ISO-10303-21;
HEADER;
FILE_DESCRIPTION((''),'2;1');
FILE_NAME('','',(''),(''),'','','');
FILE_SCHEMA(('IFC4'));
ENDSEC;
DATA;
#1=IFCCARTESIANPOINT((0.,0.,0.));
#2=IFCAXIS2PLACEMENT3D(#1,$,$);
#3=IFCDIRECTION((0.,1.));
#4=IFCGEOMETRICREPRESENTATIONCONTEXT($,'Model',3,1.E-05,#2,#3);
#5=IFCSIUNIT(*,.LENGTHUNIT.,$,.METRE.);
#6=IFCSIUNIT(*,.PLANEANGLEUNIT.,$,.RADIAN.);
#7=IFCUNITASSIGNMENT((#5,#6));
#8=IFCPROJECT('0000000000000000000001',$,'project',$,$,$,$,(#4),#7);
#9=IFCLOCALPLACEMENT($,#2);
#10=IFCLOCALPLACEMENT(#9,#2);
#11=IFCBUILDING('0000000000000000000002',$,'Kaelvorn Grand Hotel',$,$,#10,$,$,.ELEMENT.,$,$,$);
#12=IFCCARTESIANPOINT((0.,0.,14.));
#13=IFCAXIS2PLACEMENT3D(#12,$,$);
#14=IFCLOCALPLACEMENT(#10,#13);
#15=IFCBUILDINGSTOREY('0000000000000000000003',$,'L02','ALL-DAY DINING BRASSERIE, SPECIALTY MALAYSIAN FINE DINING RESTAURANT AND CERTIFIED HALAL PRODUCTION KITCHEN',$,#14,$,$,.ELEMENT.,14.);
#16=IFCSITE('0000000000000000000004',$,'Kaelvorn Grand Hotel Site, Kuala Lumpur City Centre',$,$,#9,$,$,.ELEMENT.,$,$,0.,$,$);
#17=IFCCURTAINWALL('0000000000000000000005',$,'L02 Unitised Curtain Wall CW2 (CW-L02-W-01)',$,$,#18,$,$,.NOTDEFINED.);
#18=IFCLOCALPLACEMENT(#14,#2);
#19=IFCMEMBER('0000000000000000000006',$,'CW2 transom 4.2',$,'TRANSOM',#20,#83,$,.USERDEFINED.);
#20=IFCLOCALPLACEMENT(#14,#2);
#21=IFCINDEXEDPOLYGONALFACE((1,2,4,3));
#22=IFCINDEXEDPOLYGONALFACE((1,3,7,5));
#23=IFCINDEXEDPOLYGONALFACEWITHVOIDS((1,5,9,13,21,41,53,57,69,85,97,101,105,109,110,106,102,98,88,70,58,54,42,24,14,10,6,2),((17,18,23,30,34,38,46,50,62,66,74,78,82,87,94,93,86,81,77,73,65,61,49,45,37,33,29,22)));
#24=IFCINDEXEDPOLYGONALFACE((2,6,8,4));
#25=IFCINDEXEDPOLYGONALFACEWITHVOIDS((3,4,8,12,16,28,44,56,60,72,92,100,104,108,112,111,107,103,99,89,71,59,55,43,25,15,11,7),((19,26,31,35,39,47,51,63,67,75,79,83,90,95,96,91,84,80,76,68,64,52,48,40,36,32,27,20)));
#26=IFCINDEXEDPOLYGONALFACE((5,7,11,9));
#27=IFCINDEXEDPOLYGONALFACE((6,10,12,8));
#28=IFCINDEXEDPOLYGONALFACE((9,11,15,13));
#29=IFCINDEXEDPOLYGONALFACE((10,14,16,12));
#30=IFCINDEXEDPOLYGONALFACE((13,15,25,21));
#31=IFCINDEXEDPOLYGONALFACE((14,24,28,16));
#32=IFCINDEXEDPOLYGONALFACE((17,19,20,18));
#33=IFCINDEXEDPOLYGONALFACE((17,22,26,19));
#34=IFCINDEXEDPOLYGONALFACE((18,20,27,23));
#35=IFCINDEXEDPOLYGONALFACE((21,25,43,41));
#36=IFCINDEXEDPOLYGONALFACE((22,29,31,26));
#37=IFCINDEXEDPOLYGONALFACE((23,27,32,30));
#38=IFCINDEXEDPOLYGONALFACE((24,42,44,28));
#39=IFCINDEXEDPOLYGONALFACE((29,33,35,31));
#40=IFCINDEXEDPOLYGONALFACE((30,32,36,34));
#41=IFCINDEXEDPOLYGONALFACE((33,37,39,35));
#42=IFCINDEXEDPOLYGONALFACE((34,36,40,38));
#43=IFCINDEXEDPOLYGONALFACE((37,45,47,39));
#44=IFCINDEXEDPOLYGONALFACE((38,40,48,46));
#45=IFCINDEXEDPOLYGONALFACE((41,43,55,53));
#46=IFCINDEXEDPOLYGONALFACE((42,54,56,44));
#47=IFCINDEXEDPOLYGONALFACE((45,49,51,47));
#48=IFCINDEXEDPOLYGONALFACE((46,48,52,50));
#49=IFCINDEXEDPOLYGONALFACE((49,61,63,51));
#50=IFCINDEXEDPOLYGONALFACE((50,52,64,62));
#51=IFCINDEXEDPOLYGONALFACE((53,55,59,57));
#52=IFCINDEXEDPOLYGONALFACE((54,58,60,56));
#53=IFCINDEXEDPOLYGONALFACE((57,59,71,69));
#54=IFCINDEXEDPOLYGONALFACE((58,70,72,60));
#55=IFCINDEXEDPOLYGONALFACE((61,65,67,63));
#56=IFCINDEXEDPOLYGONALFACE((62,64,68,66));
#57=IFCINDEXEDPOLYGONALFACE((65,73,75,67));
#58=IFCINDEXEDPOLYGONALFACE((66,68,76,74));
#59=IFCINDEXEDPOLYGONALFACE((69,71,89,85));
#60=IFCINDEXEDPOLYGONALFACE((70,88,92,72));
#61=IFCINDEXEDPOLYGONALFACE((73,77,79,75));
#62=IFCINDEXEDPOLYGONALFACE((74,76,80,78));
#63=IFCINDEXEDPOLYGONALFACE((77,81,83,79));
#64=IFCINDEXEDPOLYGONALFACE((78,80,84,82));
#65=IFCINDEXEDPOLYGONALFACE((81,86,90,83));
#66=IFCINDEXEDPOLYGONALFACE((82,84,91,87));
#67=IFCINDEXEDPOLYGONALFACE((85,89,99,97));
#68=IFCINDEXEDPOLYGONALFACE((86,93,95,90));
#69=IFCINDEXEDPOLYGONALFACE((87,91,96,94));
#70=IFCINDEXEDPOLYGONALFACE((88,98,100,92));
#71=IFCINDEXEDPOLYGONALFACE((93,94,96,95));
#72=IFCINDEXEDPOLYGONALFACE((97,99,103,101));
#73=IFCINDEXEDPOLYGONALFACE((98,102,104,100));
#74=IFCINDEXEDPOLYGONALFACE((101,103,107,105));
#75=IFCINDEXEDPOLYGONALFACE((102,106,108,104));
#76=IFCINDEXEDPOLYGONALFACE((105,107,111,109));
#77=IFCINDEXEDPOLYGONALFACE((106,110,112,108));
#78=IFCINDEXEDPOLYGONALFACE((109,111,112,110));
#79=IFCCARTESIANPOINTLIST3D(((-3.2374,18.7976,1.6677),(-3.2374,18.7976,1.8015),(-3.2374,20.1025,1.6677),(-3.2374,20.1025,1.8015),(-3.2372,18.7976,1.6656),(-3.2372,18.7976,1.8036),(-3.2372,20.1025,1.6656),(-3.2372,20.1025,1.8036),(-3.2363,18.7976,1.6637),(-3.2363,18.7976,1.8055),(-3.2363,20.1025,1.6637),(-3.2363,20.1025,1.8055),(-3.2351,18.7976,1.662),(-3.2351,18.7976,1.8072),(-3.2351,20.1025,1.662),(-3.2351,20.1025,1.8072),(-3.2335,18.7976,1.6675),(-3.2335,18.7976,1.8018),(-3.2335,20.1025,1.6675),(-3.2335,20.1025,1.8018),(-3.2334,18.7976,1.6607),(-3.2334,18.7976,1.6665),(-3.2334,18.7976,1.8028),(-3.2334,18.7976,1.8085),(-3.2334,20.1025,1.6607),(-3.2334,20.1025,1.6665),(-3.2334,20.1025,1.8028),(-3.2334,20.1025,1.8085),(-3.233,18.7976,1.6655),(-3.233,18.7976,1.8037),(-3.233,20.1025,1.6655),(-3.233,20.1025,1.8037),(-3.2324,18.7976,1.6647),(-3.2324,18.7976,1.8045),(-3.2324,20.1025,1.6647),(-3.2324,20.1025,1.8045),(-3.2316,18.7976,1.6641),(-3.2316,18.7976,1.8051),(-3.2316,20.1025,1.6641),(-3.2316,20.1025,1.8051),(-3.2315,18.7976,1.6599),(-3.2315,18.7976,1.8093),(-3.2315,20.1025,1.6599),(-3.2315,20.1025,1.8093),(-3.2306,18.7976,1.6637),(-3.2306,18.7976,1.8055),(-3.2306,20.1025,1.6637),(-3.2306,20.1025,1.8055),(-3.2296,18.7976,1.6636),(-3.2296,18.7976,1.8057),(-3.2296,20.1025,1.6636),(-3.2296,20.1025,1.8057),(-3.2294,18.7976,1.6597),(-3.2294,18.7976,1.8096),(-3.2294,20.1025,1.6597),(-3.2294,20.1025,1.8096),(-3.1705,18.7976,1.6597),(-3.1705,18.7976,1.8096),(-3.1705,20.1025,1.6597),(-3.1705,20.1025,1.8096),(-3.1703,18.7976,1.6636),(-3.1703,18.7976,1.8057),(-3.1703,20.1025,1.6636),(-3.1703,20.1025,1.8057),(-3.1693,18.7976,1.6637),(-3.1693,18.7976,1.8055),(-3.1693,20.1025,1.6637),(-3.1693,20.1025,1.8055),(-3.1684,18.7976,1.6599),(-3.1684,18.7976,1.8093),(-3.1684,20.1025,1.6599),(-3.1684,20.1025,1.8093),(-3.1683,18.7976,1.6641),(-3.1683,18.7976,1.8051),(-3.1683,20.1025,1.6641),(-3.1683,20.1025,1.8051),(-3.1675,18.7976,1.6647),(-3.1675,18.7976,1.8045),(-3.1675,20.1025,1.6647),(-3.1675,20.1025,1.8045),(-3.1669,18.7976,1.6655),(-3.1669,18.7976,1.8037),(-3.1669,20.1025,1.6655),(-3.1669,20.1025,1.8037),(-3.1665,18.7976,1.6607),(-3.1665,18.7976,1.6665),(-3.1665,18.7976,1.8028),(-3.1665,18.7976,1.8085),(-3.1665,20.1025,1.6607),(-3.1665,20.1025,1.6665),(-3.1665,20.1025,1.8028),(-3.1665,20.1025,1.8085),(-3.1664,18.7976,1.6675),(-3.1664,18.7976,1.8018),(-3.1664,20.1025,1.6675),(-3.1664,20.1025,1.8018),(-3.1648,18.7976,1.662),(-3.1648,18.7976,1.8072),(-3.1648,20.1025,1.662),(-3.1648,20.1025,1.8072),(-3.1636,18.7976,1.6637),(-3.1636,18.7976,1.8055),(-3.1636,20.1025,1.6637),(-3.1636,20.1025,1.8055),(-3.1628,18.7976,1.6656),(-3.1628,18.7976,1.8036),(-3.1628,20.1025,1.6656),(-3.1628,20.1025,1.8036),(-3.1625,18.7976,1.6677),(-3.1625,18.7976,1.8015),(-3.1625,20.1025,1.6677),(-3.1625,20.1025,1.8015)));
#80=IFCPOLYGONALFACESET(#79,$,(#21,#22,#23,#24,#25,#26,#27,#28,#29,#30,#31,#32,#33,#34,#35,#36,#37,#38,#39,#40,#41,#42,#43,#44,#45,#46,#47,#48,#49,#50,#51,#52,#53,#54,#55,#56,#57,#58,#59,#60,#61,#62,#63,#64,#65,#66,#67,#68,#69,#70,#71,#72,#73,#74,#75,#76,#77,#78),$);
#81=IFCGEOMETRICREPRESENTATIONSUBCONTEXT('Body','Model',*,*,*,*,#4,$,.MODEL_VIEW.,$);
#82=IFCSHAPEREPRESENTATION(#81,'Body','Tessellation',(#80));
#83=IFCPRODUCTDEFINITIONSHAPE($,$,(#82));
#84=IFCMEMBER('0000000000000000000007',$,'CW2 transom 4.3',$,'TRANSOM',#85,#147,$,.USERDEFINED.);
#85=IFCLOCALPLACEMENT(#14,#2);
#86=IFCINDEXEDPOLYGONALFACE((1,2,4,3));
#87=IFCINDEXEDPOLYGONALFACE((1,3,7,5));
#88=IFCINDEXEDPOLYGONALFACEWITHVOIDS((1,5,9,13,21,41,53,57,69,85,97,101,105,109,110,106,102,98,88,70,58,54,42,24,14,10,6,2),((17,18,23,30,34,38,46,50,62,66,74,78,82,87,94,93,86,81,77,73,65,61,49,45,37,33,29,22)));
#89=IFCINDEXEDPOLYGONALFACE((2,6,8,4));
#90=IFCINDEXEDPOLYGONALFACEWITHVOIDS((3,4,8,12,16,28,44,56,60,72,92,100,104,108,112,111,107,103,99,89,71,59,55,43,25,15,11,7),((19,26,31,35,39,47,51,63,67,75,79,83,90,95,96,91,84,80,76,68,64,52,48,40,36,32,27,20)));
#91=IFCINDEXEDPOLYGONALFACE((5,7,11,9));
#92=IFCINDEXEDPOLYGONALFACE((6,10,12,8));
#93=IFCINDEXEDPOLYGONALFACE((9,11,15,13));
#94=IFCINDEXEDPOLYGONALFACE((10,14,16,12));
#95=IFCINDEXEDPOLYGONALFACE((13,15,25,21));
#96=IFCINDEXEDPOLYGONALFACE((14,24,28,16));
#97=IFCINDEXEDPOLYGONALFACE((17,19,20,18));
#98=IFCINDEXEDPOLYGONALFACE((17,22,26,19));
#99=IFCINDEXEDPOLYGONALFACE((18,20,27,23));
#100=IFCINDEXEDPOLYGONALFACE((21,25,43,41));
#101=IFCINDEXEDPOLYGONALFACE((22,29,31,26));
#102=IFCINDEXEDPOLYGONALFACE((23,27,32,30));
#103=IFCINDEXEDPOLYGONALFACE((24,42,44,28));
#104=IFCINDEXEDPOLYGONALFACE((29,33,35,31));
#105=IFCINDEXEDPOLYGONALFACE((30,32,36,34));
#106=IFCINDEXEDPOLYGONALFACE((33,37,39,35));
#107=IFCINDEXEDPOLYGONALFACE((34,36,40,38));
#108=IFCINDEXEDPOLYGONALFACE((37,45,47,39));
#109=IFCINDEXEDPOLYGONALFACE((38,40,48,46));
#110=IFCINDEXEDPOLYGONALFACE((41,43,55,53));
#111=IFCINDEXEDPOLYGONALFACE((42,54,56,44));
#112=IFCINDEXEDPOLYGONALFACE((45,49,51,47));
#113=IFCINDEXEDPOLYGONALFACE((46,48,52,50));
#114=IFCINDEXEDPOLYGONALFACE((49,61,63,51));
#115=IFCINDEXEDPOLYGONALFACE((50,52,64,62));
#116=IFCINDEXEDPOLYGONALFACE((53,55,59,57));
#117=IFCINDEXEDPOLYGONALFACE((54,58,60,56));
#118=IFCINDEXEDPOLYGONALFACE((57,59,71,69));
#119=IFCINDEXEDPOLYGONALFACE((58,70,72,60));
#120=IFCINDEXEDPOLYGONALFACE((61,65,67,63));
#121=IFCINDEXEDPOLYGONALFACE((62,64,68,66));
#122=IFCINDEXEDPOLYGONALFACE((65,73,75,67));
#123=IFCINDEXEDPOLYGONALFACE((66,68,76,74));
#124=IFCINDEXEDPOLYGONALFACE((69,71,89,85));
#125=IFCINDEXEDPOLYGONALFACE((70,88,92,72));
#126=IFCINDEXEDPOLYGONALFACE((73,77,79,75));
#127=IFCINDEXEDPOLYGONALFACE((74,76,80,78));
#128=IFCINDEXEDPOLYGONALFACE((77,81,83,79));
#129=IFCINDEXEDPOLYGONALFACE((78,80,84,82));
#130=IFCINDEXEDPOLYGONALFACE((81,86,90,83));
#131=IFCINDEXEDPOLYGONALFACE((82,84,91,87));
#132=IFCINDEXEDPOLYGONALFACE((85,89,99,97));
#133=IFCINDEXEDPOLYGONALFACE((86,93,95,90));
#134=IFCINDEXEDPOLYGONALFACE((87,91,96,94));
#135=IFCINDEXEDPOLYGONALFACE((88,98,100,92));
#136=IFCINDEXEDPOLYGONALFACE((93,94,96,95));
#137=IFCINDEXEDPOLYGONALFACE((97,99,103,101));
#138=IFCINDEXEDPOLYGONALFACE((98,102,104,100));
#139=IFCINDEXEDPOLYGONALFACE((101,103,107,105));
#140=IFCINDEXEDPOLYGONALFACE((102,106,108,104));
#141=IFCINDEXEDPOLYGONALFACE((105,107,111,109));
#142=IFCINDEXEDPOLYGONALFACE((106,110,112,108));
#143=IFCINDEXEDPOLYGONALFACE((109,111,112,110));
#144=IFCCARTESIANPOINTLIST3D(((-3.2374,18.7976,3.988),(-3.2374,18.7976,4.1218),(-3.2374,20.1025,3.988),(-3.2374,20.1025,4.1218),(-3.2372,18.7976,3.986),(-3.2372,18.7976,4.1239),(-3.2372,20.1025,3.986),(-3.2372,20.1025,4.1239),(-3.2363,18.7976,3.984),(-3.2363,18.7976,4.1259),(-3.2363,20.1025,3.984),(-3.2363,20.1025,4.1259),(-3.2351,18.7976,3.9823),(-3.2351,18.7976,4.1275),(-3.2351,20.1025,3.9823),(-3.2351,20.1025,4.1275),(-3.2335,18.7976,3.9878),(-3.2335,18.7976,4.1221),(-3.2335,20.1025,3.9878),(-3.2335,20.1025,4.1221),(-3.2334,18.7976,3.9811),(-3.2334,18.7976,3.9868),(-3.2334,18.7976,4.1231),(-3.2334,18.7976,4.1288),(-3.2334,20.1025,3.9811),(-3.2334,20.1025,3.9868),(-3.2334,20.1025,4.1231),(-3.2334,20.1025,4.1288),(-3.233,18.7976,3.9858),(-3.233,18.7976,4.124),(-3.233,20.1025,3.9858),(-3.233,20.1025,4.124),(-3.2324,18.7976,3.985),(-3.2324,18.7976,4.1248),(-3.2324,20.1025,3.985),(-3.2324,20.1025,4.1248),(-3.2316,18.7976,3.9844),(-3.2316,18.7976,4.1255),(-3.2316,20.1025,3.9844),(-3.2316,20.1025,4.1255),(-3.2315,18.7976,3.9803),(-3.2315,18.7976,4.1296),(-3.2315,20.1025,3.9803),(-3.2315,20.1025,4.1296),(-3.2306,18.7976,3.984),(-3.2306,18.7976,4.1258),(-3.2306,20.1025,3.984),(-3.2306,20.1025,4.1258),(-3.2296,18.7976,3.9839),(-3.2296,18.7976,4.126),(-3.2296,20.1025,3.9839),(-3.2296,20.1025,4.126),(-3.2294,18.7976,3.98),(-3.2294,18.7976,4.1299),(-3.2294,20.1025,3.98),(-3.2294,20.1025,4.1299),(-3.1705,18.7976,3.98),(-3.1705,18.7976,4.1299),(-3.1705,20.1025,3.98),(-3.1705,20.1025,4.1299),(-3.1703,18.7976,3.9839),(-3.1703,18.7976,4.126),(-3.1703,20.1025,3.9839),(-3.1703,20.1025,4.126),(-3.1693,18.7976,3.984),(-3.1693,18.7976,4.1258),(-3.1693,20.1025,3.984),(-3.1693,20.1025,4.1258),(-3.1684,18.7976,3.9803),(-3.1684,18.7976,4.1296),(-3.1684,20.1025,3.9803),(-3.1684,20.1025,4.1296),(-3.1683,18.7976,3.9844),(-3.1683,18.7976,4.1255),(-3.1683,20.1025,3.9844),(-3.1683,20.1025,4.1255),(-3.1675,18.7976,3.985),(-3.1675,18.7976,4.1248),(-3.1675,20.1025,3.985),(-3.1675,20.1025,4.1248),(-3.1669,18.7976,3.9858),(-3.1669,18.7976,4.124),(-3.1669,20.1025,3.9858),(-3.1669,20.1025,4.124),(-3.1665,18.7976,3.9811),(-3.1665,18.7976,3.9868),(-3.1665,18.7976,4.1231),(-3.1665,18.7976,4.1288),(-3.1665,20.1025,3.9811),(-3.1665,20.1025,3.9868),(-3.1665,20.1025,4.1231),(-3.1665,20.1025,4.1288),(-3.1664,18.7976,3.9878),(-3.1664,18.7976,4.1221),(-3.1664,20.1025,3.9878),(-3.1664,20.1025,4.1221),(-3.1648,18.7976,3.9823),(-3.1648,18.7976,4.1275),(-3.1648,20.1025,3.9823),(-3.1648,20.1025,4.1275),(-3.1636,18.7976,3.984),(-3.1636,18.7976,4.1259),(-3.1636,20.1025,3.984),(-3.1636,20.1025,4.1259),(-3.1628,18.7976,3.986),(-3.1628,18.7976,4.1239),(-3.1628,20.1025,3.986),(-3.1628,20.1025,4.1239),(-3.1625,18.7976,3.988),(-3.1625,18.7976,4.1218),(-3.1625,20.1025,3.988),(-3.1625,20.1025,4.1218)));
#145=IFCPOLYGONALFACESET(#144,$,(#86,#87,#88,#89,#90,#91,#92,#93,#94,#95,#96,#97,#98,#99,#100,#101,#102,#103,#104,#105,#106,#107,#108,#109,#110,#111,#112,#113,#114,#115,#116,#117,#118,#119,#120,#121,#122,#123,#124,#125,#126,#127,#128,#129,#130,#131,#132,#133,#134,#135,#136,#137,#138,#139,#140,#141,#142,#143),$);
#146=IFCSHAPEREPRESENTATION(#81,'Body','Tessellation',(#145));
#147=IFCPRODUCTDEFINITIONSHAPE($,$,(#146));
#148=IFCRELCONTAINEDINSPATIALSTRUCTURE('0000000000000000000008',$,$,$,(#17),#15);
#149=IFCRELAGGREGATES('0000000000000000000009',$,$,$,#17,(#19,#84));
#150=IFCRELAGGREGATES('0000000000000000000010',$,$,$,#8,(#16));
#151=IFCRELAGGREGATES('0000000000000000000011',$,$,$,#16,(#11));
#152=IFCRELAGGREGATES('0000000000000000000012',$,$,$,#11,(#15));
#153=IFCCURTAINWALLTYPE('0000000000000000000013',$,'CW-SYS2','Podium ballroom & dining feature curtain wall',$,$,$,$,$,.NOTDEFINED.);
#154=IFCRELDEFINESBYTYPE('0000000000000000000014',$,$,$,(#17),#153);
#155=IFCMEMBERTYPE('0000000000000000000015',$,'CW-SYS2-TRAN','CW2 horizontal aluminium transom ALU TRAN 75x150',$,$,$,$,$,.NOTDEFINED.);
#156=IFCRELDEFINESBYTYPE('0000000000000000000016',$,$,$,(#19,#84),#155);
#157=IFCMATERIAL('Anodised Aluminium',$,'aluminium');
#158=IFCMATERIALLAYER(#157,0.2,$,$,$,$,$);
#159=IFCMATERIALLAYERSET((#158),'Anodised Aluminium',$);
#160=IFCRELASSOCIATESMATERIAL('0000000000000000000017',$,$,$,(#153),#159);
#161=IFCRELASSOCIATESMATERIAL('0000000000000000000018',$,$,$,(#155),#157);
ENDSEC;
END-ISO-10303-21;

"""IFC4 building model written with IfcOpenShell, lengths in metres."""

from ifc_helpers import new_model, si_unit, direction, frame, origin, origin_2d, place, context, subcontext, project, spatial, hollow_rectangle, extrude, material, layer, layer_set, material_profile, profile_set, type_object, element, aggregate, save


model = new_model("IFC4")

# Units and contexts
model_context = context("Model", 3, precision=1e-05, world=origin(), true_north=direction((0.0, 1.0)))
body_context = subcontext(model_context, "Body", "Model", "MODEL_VIEW")
ifc_project = project(units=[si_unit("LENGTHUNIT", "METRE"), si_unit("PLANEANGLEUNIT", "RADIAN")], contexts=[model_context])

# Site, building, storey
site_placement = place(None, origin())
site = spatial("IfcSite", under=ifc_project, at=site_placement, Name="Kaelvorn Grand Hotel Site, Kuala Lumpur City Centre", CompositionType="ELEMENT", RefElevation=0.0)
building_placement = place(site_placement, origin())
building = spatial("IfcBuilding", under=site, at=building_placement, Name="Kaelvorn Grand Hotel", CompositionType="ELEMENT")
storey_placement = place(building_placement, frame((0.0, 0.0, 14.0)))
storey = spatial("IfcBuildingStorey", under=building, at=storey_placement, Name="L02", Description="ALL-DAY DINING BRASSERIE, SPECIALTY MALAYSIAN FINE DINING RESTAURANT AND CERTIFIED HALAL PRODUCTION KITCHEN", CompositionType="ELEMENT", Elevation=14.0)

# Curtain wall, members
ifc_material_1 = material(Name="Anodised Aluminium", Category="aluminium")
ifc_layer_1 = layer(ifc_material_1, 0.2)
ifc_layer_set_1 = layer_set([ifc_layer_1], Name="Anodised Aluminium")
curtain_wall_type = type_object("IfcCurtainWallType", Name="CW-SYS2", Description="Podium ballroom & dining feature curtain wall", PredefinedType="NOTDEFINED", material=ifc_layer_set_1)
curtain_wall_placement = place(storey_placement, origin())
curtain_wall = element("IfcCurtainWall", 1, at=curtain_wall_placement, inside=storey, type_object=curtain_wall_type, Name="L02 Unitised Curtain Wall CW2 (CW-L02-W-01)", PredefinedType="NOTDEFINED")
ifc_material_profile_1 = material_profile(ifc_material_1, hollow_rectangle(XDim=0.075, YDim=0.1499, WallThickness=0.0039, InnerFilletRadius=0.0039, OuterFilletRadius=0.0081, at=origin_2d()), Name="ALU TRAN 75x150")
ifc_profile_set_1 = profile_set([ifc_material_profile_1], Name="Anodised Aluminium")
member_type_1 = type_object("IfcMemberType", Name="CW-SYS2-TRAN", Description="CW2 horizontal aluminium transom ALU TRAN 75x150", PredefinedType="NOTDEFINED", material=ifc_profile_set_1)
member_1_placement = place(storey_placement, frame((-3.2, 20.1025, 1.7346), z_axis=(0.0, -1.0, 0.0), x_axis=(1.0, 0.0, 0.0)))
member_1 = element("IfcMember", 2, at=member_1_placement, type_object=member_type_1, Name="CW2 transom 4.2", ObjectType="TRANSOM", PredefinedType="USERDEFINED", context=body_context, shape_type="SweptSolid", body=[
    extrude(hollow_rectangle(XDim=0.075, YDim=0.1499, WallThickness=0.0039, InnerFilletRadius=0.0039, OuterFilletRadius=0.0081, at=origin_2d()), origin(), (0.0, 0.0, 1.0), 1.3049),
])
member_2_placement = place(storey_placement, frame((-3.2, 20.1025, 4.0549), z_axis=(0.0, -1.0, 0.0), x_axis=(1.0, 0.0, 0.0)))
member_2 = element("IfcMember", 3, at=member_2_placement, type_object=member_type_1, Name="CW2 transom 4.3", ObjectType="TRANSOM", PredefinedType="USERDEFINED", context=body_context, shape_type="SweptSolid", body=[
    extrude(hollow_rectangle(XDim=0.075, YDim=0.1499, WallThickness=0.0039, InnerFilletRadius=0.0039, OuterFilletRadius=0.0081, at=origin_2d()), origin(), (0.0, 0.0, 1.0), 1.3049),
])
aggregate(curtain_wall, [member_1, member_2])

save(model, "model.ifc")
